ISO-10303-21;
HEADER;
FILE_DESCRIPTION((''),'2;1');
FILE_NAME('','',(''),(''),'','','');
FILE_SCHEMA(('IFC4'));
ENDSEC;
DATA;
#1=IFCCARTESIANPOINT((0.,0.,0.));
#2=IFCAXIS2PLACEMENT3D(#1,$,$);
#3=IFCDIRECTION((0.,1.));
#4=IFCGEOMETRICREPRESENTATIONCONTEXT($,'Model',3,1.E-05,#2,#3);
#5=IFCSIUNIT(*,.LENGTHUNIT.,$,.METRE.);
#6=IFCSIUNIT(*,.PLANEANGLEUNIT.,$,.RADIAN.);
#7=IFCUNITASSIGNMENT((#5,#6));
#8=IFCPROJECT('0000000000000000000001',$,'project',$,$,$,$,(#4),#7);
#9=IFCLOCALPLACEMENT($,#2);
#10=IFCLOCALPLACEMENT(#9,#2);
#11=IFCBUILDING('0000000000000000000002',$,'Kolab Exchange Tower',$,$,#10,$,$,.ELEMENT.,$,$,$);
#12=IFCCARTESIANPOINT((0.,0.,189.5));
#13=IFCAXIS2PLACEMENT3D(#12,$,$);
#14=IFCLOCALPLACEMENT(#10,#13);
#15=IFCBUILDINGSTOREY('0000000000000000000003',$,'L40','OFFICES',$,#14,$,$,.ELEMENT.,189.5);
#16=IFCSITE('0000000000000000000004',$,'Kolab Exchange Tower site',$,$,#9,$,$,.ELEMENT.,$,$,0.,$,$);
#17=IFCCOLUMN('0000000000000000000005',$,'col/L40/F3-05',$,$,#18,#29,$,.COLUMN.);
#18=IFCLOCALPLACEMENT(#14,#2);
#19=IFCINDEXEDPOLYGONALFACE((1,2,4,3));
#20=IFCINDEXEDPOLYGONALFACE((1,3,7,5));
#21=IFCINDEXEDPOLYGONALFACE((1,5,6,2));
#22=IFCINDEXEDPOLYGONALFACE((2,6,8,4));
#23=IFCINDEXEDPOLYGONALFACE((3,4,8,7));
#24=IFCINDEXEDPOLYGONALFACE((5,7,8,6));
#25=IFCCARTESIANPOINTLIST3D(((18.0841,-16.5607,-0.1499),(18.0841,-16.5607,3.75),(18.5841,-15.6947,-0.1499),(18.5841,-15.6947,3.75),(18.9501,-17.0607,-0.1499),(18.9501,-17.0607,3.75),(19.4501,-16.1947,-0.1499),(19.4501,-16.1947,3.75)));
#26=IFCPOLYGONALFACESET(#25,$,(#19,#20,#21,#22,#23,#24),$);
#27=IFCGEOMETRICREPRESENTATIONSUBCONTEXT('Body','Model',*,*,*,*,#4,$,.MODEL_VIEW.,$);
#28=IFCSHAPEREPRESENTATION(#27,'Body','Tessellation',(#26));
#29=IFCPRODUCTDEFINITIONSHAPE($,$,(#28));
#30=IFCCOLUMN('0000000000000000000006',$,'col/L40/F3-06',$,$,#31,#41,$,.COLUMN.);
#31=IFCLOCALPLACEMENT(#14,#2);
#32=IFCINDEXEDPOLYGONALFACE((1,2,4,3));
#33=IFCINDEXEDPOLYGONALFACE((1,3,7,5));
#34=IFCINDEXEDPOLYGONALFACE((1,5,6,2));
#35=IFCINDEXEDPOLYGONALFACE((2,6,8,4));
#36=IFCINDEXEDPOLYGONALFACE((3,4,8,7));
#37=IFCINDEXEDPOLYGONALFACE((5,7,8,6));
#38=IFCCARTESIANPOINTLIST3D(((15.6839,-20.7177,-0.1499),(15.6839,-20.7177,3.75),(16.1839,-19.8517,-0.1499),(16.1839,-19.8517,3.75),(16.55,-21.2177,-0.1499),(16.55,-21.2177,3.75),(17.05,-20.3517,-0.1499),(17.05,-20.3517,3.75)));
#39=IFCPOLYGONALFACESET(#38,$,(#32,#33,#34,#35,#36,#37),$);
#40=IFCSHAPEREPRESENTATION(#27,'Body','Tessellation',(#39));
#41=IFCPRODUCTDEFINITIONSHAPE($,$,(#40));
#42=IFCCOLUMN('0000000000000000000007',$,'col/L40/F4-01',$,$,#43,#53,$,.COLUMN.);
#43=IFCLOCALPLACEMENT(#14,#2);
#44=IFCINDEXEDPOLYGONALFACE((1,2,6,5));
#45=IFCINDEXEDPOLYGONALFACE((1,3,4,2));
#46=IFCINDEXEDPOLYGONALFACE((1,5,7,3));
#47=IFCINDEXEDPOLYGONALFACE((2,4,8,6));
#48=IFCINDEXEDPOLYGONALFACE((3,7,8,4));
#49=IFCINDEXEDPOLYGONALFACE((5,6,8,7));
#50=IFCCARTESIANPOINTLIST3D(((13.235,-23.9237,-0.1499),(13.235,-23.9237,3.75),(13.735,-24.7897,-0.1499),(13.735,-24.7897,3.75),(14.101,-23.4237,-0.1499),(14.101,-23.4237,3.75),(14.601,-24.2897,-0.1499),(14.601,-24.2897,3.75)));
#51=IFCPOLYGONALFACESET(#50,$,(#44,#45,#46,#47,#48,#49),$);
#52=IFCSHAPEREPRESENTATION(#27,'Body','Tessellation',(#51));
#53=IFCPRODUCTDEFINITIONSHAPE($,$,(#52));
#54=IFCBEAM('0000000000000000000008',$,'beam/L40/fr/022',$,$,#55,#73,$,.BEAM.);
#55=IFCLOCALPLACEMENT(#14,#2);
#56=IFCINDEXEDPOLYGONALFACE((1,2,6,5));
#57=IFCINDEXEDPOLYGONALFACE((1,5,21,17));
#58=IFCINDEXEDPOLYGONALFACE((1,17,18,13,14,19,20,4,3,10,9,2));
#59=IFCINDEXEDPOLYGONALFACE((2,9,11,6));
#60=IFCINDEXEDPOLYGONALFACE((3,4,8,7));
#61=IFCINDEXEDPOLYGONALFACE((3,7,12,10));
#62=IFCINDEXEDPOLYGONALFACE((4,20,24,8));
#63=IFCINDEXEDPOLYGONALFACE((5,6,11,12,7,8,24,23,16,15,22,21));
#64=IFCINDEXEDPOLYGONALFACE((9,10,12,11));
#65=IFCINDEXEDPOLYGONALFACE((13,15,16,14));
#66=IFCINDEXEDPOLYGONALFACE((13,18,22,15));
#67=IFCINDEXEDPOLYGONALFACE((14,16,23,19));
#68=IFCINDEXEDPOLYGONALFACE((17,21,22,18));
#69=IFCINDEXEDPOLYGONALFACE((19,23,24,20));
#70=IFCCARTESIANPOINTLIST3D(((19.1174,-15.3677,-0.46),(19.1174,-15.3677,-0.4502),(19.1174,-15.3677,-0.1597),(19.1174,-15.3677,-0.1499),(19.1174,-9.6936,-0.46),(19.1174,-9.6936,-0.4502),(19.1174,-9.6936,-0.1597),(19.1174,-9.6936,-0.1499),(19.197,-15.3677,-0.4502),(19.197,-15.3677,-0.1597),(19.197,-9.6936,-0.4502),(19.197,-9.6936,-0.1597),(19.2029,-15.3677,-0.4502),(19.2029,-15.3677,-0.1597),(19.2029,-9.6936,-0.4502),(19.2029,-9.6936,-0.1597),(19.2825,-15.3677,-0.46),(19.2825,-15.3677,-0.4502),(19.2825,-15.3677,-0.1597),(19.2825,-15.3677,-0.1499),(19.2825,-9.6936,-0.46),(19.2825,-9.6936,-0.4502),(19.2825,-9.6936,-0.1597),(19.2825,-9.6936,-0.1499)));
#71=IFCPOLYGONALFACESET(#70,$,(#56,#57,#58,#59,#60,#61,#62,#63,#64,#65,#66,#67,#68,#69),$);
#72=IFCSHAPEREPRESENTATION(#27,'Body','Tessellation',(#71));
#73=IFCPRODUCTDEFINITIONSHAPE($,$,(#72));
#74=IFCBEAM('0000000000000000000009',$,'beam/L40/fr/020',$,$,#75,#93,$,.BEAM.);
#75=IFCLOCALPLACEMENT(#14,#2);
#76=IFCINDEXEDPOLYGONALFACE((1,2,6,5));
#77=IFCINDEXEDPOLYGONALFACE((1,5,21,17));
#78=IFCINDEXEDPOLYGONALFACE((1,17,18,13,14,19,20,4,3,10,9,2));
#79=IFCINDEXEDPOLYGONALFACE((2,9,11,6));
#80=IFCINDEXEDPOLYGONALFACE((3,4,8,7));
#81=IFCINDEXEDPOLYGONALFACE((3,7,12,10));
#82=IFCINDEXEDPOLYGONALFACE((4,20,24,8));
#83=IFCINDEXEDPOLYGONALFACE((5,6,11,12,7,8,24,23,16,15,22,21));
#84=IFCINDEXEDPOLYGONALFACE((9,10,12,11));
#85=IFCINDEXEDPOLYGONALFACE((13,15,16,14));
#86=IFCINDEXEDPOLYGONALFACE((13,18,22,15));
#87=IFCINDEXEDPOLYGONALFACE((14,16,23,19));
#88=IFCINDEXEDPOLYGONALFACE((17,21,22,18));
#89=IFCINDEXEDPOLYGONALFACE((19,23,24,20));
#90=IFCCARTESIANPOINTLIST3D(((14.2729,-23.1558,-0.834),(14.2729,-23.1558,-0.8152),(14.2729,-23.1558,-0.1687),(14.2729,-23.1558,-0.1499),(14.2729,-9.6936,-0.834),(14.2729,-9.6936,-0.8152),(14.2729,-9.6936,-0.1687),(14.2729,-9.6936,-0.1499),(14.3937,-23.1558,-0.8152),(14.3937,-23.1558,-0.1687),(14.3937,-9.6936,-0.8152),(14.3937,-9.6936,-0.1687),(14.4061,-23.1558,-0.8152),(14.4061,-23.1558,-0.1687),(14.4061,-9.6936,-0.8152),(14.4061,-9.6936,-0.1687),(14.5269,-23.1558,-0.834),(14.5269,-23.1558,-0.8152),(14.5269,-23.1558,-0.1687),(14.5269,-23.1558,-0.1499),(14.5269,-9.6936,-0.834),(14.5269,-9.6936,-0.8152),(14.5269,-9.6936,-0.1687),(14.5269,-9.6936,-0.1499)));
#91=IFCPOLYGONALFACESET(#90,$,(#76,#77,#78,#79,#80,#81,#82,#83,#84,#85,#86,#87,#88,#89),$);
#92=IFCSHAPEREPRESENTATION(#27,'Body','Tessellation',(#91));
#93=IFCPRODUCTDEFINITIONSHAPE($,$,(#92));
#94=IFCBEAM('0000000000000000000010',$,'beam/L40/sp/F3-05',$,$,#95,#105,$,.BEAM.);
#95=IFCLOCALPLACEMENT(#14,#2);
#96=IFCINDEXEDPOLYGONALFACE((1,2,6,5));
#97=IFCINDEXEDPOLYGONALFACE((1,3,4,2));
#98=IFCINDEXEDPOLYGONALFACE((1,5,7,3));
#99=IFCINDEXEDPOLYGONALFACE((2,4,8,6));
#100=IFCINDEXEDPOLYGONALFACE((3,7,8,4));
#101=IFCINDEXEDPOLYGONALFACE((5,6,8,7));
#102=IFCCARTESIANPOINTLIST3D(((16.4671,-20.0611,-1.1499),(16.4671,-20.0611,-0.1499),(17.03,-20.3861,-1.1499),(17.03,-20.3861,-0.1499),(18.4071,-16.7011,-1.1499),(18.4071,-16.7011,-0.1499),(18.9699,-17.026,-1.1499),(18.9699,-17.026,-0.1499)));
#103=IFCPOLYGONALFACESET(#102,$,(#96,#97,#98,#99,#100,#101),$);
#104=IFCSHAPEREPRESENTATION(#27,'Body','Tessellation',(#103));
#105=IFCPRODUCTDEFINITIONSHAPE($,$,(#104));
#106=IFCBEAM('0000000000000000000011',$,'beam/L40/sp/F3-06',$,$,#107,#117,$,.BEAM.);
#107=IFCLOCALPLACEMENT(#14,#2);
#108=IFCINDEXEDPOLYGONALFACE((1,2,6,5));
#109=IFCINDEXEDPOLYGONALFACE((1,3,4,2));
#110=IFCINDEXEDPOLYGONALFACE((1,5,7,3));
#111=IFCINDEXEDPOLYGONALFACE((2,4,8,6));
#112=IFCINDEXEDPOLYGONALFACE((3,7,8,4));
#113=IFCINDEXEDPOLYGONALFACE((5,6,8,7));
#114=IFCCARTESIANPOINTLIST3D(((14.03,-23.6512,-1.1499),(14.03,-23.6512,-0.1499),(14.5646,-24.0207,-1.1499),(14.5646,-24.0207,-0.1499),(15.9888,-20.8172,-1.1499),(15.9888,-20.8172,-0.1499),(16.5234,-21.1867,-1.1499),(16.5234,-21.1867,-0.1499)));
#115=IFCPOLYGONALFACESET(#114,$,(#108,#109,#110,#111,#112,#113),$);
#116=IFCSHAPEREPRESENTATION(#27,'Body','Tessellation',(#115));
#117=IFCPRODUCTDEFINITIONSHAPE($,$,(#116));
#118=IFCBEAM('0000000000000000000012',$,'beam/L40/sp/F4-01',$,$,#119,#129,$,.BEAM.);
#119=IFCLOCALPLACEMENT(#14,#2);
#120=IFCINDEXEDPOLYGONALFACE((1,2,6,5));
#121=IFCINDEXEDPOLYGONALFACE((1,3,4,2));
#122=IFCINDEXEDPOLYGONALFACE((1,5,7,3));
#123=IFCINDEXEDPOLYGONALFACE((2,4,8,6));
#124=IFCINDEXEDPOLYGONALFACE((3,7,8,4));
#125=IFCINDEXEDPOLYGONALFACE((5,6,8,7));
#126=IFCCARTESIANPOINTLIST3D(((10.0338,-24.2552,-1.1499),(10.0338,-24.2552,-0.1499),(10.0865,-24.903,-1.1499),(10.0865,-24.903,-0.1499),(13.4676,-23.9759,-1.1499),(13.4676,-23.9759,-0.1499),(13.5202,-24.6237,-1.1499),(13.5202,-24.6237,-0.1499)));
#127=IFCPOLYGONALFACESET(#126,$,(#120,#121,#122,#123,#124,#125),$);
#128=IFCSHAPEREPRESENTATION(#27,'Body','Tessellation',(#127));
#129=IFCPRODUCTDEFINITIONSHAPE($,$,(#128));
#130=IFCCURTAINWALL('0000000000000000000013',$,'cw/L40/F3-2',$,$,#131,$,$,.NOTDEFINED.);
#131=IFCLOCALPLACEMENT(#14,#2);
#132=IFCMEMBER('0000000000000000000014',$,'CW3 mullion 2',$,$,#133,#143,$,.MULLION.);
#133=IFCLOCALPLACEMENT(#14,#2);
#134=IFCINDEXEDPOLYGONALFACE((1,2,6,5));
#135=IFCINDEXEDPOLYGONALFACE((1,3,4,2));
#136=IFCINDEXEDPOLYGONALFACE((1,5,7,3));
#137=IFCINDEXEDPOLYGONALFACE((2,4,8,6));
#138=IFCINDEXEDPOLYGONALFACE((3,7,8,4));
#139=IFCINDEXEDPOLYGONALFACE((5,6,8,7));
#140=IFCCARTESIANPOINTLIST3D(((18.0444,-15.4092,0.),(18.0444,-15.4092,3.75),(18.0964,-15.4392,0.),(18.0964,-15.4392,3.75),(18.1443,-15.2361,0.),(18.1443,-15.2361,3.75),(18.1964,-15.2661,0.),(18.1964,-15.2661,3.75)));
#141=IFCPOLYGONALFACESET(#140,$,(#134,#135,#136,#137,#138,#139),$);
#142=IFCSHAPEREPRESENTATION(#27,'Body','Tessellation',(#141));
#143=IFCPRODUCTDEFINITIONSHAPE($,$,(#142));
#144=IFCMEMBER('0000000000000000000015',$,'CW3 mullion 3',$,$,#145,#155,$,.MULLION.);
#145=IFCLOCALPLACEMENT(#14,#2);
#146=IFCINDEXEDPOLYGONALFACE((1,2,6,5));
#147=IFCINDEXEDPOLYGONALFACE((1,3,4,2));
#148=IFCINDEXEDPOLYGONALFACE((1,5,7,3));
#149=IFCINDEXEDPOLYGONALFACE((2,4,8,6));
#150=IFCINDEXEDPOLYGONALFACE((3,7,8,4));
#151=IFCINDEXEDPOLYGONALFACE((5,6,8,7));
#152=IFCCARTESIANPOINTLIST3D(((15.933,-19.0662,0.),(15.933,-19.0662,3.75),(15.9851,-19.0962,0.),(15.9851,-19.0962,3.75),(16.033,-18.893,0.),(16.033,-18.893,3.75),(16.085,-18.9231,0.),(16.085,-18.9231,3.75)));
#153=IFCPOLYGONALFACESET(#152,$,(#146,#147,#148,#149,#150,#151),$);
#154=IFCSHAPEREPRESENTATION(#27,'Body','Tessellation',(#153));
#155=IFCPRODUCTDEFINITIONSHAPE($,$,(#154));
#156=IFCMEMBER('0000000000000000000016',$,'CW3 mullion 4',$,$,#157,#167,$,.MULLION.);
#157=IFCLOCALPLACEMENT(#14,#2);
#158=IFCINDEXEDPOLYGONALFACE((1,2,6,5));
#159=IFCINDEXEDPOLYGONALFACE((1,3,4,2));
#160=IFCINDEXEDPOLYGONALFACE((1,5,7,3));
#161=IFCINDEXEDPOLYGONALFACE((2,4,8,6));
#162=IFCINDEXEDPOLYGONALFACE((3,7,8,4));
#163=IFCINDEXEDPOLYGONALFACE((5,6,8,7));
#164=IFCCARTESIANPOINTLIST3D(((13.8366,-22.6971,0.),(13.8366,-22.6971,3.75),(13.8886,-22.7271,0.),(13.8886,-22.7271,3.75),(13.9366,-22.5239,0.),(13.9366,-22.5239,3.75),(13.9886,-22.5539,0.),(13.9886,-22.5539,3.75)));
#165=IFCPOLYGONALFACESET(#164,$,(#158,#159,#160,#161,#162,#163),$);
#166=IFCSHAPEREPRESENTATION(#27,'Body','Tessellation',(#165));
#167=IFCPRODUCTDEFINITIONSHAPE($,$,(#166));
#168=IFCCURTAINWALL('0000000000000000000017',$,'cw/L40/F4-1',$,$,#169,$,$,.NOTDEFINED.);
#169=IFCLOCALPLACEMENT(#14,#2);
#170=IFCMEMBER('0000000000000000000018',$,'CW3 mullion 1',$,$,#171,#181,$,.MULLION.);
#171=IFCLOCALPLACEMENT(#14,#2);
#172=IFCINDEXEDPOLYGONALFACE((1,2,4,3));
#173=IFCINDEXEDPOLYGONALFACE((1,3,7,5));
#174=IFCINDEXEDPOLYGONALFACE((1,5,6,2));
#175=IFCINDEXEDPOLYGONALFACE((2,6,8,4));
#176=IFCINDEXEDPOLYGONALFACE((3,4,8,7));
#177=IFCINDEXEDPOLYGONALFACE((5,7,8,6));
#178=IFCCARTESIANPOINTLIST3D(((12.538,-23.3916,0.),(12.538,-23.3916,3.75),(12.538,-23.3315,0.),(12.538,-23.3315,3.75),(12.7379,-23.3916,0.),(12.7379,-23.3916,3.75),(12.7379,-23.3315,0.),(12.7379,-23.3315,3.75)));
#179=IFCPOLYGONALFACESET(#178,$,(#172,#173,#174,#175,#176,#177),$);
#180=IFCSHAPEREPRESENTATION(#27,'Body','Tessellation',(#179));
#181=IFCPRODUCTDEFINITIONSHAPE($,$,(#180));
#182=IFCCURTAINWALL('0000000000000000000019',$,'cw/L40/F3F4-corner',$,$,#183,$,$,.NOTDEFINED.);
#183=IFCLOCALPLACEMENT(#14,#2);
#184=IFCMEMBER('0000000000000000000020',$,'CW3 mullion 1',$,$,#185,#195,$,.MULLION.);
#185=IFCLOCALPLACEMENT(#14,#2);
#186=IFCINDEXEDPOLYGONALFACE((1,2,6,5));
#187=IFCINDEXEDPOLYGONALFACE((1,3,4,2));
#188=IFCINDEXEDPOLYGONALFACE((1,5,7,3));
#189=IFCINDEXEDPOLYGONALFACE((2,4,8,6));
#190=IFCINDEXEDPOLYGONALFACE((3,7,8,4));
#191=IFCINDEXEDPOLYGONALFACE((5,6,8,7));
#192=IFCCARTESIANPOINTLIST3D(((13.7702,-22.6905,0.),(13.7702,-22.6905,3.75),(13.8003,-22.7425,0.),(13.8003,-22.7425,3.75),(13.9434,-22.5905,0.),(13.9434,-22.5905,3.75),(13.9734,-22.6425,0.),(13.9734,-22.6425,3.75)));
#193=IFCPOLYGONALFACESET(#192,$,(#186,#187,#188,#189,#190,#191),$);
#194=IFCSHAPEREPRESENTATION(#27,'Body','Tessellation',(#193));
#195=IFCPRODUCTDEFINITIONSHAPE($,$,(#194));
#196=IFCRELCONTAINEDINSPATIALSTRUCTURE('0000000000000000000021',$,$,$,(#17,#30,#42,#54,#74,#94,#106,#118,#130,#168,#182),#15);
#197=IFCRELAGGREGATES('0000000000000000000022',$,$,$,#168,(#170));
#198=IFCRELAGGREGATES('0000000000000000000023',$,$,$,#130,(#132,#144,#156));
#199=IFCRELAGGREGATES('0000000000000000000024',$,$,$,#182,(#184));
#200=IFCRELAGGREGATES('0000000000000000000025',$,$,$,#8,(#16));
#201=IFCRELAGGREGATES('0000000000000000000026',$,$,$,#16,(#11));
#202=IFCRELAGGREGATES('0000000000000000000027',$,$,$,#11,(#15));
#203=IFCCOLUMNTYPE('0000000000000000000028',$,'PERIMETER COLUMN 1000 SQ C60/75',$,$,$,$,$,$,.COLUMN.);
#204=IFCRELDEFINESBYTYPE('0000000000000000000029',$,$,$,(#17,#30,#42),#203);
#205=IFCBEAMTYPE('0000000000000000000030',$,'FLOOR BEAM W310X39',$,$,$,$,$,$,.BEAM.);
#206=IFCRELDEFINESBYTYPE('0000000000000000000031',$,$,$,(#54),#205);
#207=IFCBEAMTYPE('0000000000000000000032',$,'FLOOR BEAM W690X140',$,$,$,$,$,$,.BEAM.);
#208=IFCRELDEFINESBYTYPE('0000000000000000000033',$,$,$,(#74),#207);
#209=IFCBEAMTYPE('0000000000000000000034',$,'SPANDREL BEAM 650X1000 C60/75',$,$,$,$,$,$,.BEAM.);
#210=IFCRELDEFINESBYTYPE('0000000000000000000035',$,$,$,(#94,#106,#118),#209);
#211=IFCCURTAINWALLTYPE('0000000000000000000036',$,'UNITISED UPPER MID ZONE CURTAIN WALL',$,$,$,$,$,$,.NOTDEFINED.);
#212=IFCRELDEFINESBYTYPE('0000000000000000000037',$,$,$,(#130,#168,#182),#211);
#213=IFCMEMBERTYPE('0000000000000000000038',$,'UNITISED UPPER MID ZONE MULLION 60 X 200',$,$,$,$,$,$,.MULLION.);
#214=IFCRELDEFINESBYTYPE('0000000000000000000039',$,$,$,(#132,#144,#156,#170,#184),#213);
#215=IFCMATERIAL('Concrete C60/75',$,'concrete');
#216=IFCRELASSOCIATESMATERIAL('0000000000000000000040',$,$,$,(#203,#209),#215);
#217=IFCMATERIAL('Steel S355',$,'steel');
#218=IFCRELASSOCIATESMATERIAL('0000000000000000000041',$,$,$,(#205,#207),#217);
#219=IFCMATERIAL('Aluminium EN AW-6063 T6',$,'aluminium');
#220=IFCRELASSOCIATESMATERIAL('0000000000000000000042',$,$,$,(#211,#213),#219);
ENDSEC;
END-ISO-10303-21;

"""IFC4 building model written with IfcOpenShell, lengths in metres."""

from ifc_helpers import new_model, si_unit, direction, frame, origin, origin_2d, place, context, subcontext, project, spatial, rectangle, i_section, extrude, material, material_profile, profile_set, type_object, element, aggregate, save


model = new_model("IFC4")

# Units and contexts
model_context = context("Model", 3, precision=1e-05, world=origin(), true_north=direction((0.0, 1.0)))
body_context = subcontext(model_context, "Body", "Model", "MODEL_VIEW")
ifc_project = project(units=[si_unit("LENGTHUNIT", "METRE"), si_unit("PLANEANGLEUNIT", "RADIAN")], contexts=[model_context])

# Site, building, storey
site_placement = place(None, origin())
site = spatial("IfcSite", under=ifc_project, at=site_placement, Name="Kolab Exchange Tower site", CompositionType="ELEMENT", RefElevation=0.0)
building_placement = place(site_placement, origin())
building = spatial("IfcBuilding", under=site, at=building_placement, Name="Kolab Exchange Tower", CompositionType="ELEMENT")
storey_placement = place(building_placement, frame((0.0, 0.0, 189.5)))
storey = spatial("IfcBuildingStorey", under=building, at=storey_placement, Name="L40", Description="OFFICES", CompositionType="ELEMENT", Elevation=189.5)

# Columns
ifc_material_1 = material(Name="Concrete C60/75", Category="concrete")
ifc_material_profile_1 = material_profile(ifc_material_1, rectangle(XDim=1.0, YDim=1.0, at=origin_2d()), Name="RC1000")
ifc_profile_set_1 = profile_set([ifc_material_profile_1], Name="Concrete C60/75")
column_type = type_object("IfcColumnType", Name="PERIMETER COLUMN 1000 SQ C60/75", PredefinedType="COLUMN", material=ifc_profile_set_1)
for number, where, z_axis, x_axis, name in (
    (1, (18.7671, -16.3777, -0.1499), (0.0, 0.0, 1.0), (0.5, 0.866025, 0.0), "col/L40/F3-05"),
    (2, (16.3669, -20.5347, -0.1499), (0.0, 0.0, 1.0), (0.5, 0.866025, 0.0), "col/L40/F3-06"),
    (3, (13.918, -24.1067, -0.1499), (0.0, 0.0, 1.0), (0.866025, 0.5, 0.0), "col/L40/F4-01"),
):
    element("IfcColumn", number, at=place(storey_placement, frame(where, z_axis=z_axis, x_axis=x_axis)), inside=storey, type_object=column_type, Name=name, PredefinedType="COLUMN", context=body_context, shape_type="SweptSolid", body=[
        extrude(rectangle(XDim=1.0, YDim=1.0, at=origin_2d()), origin(), (0.0, 0.0, 1.0), 3.8999),
    ])

# Beams
ifc_material_2 = material(Name="Steel S355", Category="steel")
ifc_material_profile_2 = material_profile(ifc_material_2, i_section(OverallWidth=0.165, OverallDepth=0.3101, WebThickness=0.0059, FlangeThickness=0.0098, at=origin_2d()), Name="W310X39")
ifc_profile_set_2 = profile_set([ifc_material_profile_2], Name="Steel S355")
beam_type_1 = type_object("IfcBeamType", Name="FLOOR BEAM W310X39", PredefinedType="BEAM", material=ifc_profile_set_2)
beam_1_placement = place(storey_placement, frame((19.2, -15.3677, -0.3049), z_axis=(0.0, 1.0, 0.0), x_axis=(-1.0, 0.0, 0.0)))
element("IfcBeam", 4, at=beam_1_placement, inside=storey, type_object=beam_type_1, Name="beam/L40/fr/022", PredefinedType="BEAM", context=body_context, shape_type="SweptSolid", body=[
    extrude(i_section(OverallWidth=0.165, OverallDepth=0.3101, WebThickness=0.0059, FlangeThickness=0.0098, at=origin_2d()), origin(), (0.0, 0.0, 1.0), 5.6741),
])
ifc_material_profile_3 = material_profile(ifc_material_2, i_section(OverallWidth=0.2539, OverallDepth=0.6841, WebThickness=0.0125, FlangeThickness=0.0188, at=origin_2d()), Name="W690X140")
ifc_profile_set_3 = profile_set([ifc_material_profile_3], Name="Steel S355")
beam_type_2 = type_object("IfcBeamType", Name="FLOOR BEAM W690X140", PredefinedType="BEAM", material=ifc_profile_set_3)
beam_2_placement = place(storey_placement, frame((14.3999, -23.1558, -0.4919), z_axis=(0.0, 1.0, 0.0), x_axis=(-1.0, 0.0, 0.0)))
element("IfcBeam", 5, at=beam_2_placement, inside=storey, type_object=beam_type_2, Name="beam/L40/fr/020", PredefinedType="BEAM", context=body_context, shape_type="SweptSolid", body=[
    extrude(i_section(OverallWidth=0.2539, OverallDepth=0.6841, WebThickness=0.0125, FlangeThickness=0.0188, at=origin_2d()), origin(), (0.0, 0.0, 1.0), 13.4622),
])
ifc_material_profile_4 = material_profile(ifc_material_1, rectangle(XDim=0.6499, YDim=1.0, at=origin_2d()), Name="RC650X1000")
ifc_profile_set_4 = profile_set([ifc_material_profile_4], Name="Concrete C60/75")
beam_type_3 = type_object("IfcBeamType", Name="SPANDREL BEAM 650X1000 C60/75", PredefinedType="BEAM", material=ifc_profile_set_4)
beam_3_placement = place(storey_placement, frame((18.6885, -16.8635, -0.6499), z_axis=(-0.499997, -0.866027, 0.0), x_axis=(0.866027, -0.499997, 0.0)))
element("IfcBeam", 6, at=beam_3_placement, inside=storey, type_object=beam_type_3, Name="beam/L40/sp/F3-05", PredefinedType="BEAM", context=body_context, shape_type="SweptSolid", body=[
    extrude(rectangle(XDim=0.6499, YDim=1.0, at=origin_2d()), origin(), (0.0, 0.0, 1.0), 3.8799),
])
for number, where, z_axis, x_axis, name in (
    (7, (16.2561, -21.002, -0.6499), (-0.568572, -0.822633, 0.0), (0.822633, -0.568572, 0.0), "beam/L40/sp/F3-06"),
    (8, (13.4939, -24.2998, -0.6499), (-0.996708, -0.081069, 0.0), (0.081069, -0.996708, 0.0), "beam/L40/sp/F4-01"),
):
    element("IfcBeam", number, at=place(storey_placement, frame(where, z_axis=z_axis, x_axis=x_axis)), inside=storey, type_object=beam_type_3, Name=name, PredefinedType="BEAM", context=body_context, shape_type="SweptSolid", body=[
        extrude(rectangle(XDim=0.6499, YDim=1.0, at=origin_2d()), origin(), (0.0, 0.0, 1.0), 3.4451),
    ])

# Curtain wall, members
ifc_material_3 = material(Name="Aluminium EN AW-6063 T6", Category="aluminium")
curtain_wall_type = type_object("IfcCurtainWallType", Name="UNITISED UPPER MID ZONE CURTAIN WALL", PredefinedType="NOTDEFINED", material=ifc_material_3)
curtain_wall_1_placement = place(storey_placement, origin())
curtain_wall_1 = element("IfcCurtainWall", 9, at=curtain_wall_1_placement, inside=storey, type_object=curtain_wall_type, Name="cw/L40/F3-2", PredefinedType="NOTDEFINED")
ifc_material_profile_5 = material_profile(ifc_material_3, rectangle(XDim=0.0601, YDim=0.2, at=origin_2d()), Name="RECT 60X200")
ifc_profile_set_5 = profile_set([ifc_material_profile_5], Name="Aluminium EN AW-6063 T6")
member_type_1 = type_object("IfcMemberType", Name="UNITISED UPPER MID ZONE MULLION 60 X 200", PredefinedType="MULLION", material=ifc_profile_set_5)
member_1_placement = place(storey_placement, frame((18.1204, -15.3376, 0.0), z_axis=(0.0, 0.0, 1.0), x_axis=(0.866025, -0.5, 0.0)))
member_1 = element("IfcMember", 10, at=member_1_placement, type_object=member_type_1, Name="CW3 mullion 2", PredefinedType="MULLION", context=body_context, shape_type="SweptSolid", body=[
    extrude(rectangle(XDim=0.0601, YDim=0.2, at=origin_2d()), origin(), (0.0, 0.0, 1.0), 3.75),
])
member_2_placement = place(storey_placement, frame((16.009, -18.9946, 0.0), z_axis=(0.0, 0.0, 1.0), x_axis=(0.866025, -0.5, 0.0)))
member_2 = element("IfcMember", 11, at=member_2_placement, type_object=member_type_1, Name="CW3 mullion 3", PredefinedType="MULLION", context=body_context, shape_type="SweptSolid", body=[
    extrude(rectangle(XDim=0.0601, YDim=0.2, at=origin_2d()), origin(), (0.0, 0.0, 1.0), 3.75),
])
member_3_placement = place(storey_placement, frame((13.9126, -22.6255, 0.0), z_axis=(0.0, 0.0, 1.0), x_axis=(0.866025, -0.5, 0.0)))
member_3 = element("IfcMember", 12, at=member_3_placement, type_object=member_type_1, Name="CW3 mullion 4", PredefinedType="MULLION", context=body_context, shape_type="SweptSolid", body=[
    extrude(rectangle(XDim=0.0601, YDim=0.2, at=origin_2d()), origin(), (0.0, 0.0, 1.0), 3.75),
])

# Curtain wall, member
curtain_wall_2_placement = place(storey_placement, origin())
curtain_wall_2 = element("IfcCurtainWall", 13, at=curtain_wall_2_placement, inside=storey, type_object=curtain_wall_type, Name="cw/L40/F4-1", PredefinedType="NOTDEFINED")
member_4_placement = place(storey_placement, frame((12.6379, -23.3616, 0.0), z_axis=(0.0, 0.0, 1.0), x_axis=(0.0, -1.0, 0.0)))
member_4 = element("IfcMember", 14, at=member_4_placement, type_object=member_type_1, Name="CW3 mullion 1", PredefinedType="MULLION", context=body_context, shape_type="SweptSolid", body=[
    extrude(rectangle(XDim=0.0601, YDim=0.2, at=origin_2d()), origin(), (0.0, 0.0, 1.0), 3.75),
])
aggregate(curtain_wall_2, [member_4])

# Curtain wall, member
curtain_wall_3_placement = place(storey_placement, origin())
curtain_wall_3 = element("IfcCurtainWall", 15, at=curtain_wall_3_placement, inside=storey, type_object=curtain_wall_type, Name="cw/L40/F3F4-corner", PredefinedType="NOTDEFINED")
member_5_placement = place(storey_placement, frame((13.8718, -22.6665, 0.0), z_axis=(0.0, 0.0, 1.0), x_axis=(0.5, -0.866025, 0.0)))
member_5 = element("IfcMember", 16, at=member_5_placement, type_object=member_type_1, Name="CW3 mullion 1", PredefinedType="MULLION", context=body_context, shape_type="SweptSolid", body=[
    extrude(rectangle(XDim=0.0601, YDim=0.2, at=origin_2d()), origin(), (0.0, 0.0, 1.0), 3.75),
])

aggregate(curtain_wall_1, [member_1, member_2, member_3])
aggregate(curtain_wall_3, [member_5])

save(model, "model.ifc")
